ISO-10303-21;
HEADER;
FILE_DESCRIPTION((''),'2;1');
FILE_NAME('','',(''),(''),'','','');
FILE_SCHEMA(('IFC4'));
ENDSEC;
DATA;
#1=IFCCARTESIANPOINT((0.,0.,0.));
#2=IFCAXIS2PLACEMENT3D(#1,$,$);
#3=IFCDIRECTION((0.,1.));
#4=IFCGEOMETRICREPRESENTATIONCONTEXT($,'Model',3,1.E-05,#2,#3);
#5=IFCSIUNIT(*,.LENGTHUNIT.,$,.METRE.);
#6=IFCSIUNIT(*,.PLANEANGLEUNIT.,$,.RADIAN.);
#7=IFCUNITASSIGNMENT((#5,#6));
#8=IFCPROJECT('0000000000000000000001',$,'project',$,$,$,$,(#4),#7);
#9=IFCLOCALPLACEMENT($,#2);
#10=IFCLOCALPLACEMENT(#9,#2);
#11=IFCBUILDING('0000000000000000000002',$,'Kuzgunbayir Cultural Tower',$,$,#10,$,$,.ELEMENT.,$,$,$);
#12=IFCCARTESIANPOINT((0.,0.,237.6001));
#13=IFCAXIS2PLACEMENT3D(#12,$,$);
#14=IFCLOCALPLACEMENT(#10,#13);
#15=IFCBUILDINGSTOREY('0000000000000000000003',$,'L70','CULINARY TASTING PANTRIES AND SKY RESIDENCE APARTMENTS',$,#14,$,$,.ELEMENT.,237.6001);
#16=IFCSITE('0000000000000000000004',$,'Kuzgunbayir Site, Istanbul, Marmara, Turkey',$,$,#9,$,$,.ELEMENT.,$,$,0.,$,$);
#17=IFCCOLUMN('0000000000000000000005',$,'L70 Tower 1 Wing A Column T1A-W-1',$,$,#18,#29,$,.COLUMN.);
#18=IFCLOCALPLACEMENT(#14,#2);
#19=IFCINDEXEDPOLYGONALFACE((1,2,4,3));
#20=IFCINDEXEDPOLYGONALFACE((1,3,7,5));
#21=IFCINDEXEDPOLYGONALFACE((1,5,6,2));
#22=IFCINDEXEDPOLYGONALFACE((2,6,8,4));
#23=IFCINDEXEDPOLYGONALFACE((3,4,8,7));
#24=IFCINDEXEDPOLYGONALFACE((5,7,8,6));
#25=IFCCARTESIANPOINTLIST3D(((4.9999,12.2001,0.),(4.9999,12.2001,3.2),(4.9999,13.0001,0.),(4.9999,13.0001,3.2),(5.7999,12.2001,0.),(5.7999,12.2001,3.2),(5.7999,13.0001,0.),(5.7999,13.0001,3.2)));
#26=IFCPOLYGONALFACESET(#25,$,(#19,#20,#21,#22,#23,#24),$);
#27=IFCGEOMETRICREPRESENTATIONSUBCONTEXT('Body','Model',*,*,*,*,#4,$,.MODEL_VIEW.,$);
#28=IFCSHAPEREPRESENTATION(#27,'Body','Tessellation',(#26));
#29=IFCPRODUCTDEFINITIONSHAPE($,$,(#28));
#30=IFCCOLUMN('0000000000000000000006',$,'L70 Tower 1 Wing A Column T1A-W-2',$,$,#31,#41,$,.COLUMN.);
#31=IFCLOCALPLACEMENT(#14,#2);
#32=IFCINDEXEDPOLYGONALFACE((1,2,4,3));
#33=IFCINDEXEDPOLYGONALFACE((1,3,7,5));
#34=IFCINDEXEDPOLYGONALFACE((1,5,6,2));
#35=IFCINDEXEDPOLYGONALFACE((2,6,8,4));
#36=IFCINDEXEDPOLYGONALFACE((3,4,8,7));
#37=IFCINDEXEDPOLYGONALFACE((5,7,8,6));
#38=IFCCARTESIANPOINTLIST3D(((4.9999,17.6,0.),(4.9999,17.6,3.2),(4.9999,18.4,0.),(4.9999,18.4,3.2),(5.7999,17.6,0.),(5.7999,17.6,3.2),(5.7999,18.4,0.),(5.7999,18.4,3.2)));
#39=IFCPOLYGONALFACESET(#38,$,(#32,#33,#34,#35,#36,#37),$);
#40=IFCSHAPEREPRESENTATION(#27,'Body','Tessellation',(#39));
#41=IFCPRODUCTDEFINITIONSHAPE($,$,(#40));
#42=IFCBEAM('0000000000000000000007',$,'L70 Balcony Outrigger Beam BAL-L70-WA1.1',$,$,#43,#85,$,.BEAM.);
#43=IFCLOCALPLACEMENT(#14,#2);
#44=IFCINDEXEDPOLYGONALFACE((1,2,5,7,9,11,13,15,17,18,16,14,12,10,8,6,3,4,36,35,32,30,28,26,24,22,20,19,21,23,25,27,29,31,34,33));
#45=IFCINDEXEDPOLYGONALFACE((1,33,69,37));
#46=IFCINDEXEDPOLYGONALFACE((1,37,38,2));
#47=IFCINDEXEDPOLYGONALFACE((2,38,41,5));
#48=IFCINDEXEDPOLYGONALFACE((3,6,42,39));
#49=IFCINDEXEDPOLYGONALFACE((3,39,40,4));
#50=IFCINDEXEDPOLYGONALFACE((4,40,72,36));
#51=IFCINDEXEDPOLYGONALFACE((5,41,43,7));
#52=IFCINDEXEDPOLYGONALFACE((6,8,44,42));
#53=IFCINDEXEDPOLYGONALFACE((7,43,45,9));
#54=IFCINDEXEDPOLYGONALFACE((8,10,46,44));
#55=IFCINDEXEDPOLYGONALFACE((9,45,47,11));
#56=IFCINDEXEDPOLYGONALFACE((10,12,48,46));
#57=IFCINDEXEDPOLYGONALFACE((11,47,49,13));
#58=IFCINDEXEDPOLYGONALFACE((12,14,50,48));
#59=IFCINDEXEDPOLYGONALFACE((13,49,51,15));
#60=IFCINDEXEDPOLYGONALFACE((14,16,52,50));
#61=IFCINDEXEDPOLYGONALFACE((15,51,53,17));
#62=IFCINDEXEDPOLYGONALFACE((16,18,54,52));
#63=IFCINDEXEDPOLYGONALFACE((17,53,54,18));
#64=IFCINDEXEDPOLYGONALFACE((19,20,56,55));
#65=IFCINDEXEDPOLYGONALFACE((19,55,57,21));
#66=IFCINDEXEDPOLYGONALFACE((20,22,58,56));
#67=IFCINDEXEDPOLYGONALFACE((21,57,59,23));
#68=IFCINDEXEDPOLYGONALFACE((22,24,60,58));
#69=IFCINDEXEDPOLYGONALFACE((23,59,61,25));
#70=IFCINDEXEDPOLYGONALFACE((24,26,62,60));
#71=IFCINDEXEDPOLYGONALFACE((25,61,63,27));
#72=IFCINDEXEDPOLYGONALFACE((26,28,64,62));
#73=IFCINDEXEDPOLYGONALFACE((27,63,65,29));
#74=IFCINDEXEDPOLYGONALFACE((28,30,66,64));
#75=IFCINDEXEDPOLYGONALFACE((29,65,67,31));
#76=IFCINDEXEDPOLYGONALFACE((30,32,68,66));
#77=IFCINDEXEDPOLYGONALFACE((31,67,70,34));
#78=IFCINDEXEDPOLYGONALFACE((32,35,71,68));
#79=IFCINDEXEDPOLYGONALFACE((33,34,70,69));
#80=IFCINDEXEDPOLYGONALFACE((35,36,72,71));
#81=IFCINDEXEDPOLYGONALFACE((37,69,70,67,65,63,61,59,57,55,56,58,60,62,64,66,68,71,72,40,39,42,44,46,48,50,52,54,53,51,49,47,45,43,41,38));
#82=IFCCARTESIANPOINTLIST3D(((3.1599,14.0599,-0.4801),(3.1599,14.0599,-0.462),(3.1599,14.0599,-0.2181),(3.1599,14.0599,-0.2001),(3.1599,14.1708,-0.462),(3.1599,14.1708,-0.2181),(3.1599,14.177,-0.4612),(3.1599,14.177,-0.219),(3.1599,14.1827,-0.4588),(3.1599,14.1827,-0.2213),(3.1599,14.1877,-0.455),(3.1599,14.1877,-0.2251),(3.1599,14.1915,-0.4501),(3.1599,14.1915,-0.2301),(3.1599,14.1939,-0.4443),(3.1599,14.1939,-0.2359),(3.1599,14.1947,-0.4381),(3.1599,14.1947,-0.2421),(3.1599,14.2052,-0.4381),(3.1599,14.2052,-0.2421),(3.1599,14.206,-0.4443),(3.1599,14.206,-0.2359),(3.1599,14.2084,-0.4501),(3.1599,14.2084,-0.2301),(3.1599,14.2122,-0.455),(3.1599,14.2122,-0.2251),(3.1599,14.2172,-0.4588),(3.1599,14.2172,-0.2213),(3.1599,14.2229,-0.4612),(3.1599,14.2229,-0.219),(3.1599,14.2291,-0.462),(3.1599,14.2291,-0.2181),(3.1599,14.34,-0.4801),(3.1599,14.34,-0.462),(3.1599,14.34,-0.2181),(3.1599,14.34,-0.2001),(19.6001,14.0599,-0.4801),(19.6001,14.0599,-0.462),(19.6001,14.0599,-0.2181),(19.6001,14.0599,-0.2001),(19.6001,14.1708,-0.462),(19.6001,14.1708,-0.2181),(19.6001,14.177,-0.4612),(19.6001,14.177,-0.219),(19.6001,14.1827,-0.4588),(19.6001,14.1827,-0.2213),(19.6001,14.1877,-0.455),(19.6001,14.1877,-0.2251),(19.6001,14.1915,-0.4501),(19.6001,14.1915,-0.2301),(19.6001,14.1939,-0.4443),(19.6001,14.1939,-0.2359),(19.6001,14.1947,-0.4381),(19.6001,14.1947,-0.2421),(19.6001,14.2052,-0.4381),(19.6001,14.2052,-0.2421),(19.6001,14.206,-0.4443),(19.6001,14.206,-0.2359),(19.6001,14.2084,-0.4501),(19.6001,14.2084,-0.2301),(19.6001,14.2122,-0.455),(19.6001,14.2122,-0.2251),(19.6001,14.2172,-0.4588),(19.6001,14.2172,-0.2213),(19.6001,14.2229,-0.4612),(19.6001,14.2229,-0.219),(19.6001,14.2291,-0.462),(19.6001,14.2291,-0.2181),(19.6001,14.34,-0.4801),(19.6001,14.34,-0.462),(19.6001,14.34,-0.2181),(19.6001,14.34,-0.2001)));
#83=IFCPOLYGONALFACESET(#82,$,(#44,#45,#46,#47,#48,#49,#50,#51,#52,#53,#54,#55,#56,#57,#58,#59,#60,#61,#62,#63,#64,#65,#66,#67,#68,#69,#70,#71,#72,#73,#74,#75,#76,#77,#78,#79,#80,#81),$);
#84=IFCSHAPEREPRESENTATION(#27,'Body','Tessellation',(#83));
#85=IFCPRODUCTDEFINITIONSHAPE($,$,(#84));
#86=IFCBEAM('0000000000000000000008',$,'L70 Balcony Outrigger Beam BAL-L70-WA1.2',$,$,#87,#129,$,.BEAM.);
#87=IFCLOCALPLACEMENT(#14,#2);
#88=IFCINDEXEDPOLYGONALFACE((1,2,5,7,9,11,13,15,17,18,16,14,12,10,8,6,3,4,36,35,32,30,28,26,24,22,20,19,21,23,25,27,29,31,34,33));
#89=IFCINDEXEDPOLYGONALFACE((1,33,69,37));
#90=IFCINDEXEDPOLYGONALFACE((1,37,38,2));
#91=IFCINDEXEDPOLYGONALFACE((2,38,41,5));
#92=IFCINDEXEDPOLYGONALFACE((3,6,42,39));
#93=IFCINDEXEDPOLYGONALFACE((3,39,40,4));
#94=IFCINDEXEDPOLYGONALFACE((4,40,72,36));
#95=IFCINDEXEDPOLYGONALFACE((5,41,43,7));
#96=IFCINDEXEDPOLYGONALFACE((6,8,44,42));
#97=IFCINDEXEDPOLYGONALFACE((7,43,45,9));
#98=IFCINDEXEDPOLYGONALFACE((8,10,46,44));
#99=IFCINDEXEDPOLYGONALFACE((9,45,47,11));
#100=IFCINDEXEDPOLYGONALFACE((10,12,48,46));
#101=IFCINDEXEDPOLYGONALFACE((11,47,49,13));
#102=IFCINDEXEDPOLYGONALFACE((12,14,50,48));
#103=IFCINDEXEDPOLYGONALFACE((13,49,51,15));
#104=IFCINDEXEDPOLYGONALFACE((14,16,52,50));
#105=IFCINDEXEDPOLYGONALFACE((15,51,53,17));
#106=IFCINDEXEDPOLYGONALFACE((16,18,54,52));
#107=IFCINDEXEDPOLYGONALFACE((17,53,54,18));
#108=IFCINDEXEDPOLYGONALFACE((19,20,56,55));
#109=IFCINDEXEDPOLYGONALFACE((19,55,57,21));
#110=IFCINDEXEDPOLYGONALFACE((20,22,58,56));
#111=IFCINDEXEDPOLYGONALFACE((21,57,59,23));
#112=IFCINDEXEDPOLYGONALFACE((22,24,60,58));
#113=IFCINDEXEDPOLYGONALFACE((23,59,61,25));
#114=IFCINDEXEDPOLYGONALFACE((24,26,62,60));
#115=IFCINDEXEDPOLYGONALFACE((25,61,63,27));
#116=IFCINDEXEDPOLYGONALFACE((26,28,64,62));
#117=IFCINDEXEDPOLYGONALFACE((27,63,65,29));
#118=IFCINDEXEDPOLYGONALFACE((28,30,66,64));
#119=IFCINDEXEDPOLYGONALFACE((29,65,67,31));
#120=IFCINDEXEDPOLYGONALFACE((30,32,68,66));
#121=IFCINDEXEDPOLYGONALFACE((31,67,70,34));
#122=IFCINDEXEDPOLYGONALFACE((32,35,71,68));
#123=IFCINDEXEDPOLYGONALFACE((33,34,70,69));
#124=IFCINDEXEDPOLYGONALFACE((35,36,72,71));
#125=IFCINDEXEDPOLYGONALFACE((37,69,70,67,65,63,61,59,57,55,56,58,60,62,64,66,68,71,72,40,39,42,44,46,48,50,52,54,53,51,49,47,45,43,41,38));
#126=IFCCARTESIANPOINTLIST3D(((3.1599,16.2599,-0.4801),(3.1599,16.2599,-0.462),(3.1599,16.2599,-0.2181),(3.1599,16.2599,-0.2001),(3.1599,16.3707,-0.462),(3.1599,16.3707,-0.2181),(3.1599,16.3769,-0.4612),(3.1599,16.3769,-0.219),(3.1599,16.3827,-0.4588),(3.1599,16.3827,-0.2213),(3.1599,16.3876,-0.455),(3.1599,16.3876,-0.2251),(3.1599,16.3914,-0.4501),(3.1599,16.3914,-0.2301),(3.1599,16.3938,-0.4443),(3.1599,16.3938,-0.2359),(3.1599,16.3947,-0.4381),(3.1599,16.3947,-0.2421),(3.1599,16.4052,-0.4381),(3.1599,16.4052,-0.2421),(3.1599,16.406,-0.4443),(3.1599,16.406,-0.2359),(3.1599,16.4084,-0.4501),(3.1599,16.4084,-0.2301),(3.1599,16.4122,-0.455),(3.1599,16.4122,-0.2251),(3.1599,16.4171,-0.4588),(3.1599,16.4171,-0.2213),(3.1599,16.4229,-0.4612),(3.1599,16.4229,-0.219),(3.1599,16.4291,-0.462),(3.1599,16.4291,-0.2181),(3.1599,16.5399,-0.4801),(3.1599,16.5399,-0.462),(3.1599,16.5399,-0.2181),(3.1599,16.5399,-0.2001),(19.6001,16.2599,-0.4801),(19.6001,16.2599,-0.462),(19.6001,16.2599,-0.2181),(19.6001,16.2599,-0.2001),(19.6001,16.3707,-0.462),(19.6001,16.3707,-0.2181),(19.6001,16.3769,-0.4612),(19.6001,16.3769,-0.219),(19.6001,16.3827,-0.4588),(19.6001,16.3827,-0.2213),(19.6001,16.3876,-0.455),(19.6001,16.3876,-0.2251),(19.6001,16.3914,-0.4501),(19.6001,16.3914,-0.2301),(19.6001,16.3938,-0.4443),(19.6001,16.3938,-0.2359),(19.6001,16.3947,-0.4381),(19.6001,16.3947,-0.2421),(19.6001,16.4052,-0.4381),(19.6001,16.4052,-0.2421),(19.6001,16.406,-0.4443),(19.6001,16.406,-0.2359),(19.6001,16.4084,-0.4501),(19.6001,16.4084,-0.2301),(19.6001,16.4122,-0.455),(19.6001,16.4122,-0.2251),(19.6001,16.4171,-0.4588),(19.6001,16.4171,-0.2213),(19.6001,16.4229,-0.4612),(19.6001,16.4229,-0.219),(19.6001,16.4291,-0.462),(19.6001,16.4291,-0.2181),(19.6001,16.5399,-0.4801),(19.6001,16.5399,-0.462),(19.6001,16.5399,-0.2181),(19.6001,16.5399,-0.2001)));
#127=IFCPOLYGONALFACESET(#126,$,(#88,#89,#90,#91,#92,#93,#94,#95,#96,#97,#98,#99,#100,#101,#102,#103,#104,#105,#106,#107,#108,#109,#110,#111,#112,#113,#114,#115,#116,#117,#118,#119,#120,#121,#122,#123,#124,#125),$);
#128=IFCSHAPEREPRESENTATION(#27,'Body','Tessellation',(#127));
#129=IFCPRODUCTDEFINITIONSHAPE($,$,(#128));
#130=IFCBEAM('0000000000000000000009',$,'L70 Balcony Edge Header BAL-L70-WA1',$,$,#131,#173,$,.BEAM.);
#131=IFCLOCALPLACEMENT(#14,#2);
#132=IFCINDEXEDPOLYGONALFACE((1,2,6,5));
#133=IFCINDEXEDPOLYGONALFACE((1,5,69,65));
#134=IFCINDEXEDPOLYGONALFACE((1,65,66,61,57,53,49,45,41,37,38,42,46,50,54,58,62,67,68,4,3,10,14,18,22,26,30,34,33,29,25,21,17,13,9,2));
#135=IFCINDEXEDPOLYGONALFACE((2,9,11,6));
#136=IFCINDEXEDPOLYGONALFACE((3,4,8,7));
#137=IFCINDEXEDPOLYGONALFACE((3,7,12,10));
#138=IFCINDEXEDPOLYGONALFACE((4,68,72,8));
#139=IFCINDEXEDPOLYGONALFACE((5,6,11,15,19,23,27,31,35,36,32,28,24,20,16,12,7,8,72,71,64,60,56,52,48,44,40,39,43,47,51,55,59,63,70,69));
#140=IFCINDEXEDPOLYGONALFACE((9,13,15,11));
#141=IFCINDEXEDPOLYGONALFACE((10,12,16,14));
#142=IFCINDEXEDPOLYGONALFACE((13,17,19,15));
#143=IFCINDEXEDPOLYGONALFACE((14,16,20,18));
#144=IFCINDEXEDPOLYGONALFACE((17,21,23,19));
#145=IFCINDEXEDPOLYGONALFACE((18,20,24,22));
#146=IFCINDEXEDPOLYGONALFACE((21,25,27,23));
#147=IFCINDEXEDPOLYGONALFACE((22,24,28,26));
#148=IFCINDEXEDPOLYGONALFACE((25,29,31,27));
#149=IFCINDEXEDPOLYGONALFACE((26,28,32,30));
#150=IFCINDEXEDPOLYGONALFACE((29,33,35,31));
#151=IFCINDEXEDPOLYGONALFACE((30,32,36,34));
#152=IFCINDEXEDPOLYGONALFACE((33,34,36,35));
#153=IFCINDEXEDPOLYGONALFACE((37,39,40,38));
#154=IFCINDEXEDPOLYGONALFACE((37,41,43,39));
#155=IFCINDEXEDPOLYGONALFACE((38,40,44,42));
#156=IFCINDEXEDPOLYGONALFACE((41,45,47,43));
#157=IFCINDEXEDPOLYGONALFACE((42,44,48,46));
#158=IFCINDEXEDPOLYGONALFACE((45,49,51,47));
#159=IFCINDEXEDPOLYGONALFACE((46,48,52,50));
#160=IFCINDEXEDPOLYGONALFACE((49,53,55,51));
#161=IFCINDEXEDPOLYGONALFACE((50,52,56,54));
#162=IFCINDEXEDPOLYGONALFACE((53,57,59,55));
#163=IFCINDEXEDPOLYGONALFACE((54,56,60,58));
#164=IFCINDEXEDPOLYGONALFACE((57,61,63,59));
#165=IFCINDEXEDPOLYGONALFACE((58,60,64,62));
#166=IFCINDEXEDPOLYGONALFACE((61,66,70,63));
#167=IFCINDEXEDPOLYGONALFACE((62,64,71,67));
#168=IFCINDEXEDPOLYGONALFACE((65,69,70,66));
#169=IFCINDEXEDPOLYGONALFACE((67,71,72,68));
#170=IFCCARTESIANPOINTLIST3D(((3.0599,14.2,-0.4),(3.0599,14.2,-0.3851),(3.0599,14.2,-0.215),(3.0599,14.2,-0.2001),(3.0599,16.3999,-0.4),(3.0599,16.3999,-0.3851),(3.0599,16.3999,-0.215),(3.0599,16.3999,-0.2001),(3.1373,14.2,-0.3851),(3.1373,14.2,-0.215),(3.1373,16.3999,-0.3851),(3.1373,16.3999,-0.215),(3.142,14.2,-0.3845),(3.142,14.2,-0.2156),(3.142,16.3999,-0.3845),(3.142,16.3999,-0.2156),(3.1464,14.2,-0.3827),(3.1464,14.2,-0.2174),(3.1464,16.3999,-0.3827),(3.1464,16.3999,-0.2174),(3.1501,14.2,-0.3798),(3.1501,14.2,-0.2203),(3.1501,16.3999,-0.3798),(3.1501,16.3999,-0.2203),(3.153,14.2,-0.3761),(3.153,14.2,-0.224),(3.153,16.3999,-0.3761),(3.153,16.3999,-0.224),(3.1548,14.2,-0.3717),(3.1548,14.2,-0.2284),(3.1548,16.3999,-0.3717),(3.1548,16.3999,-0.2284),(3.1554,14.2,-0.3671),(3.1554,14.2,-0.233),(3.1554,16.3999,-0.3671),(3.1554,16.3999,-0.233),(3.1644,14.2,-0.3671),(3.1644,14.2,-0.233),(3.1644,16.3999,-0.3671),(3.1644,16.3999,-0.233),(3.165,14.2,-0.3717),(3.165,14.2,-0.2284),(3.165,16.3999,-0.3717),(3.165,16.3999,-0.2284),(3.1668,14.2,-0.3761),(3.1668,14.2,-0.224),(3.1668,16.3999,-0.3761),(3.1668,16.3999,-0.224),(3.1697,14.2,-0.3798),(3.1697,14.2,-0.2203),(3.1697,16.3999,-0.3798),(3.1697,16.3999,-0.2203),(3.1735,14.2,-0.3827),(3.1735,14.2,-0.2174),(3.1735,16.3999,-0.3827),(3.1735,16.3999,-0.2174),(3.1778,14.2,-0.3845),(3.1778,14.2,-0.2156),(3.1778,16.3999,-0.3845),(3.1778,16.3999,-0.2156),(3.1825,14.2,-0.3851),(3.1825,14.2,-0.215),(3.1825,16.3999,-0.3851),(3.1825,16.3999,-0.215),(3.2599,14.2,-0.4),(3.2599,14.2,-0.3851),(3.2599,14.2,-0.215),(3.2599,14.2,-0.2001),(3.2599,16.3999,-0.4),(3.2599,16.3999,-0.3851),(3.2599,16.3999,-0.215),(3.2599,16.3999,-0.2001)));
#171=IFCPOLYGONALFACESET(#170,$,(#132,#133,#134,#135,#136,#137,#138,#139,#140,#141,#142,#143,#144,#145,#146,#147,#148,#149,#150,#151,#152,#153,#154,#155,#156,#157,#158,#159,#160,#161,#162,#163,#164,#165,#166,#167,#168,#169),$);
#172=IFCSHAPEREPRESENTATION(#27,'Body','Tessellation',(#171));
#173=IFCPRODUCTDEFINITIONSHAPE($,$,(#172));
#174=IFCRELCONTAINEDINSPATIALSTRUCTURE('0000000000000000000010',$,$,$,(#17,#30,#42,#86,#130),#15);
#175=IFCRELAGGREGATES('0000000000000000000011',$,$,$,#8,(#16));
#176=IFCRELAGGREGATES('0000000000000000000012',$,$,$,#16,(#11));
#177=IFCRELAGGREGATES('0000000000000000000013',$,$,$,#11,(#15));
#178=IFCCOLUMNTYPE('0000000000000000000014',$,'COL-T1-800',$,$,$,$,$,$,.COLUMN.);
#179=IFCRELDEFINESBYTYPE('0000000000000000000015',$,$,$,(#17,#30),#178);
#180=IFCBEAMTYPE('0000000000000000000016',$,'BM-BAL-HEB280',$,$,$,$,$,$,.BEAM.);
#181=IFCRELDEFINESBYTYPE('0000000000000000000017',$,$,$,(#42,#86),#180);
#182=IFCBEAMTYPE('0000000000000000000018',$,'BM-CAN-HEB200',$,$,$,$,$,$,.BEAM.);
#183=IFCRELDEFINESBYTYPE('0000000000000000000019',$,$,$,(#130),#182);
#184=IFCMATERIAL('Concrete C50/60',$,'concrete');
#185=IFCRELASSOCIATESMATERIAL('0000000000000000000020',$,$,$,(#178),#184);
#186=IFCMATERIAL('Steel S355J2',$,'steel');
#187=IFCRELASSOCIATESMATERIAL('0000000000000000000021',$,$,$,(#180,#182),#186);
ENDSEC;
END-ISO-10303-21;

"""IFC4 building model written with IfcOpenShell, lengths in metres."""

from ifc_helpers import new_model, si_unit, direction, frame, origin, origin_2d, place, context, subcontext, project, spatial, rectangle, i_section, extrude, material, material_profile, profile_set, type_object, element, save


model = new_model("IFC4")

# Units and contexts
model_context = context("Model", 3, precision=1e-05, world=origin(), true_north=direction((0.0, 1.0)))
body_context = subcontext(model_context, "Body", "Model", "MODEL_VIEW")
ifc_project = project(units=[si_unit("LENGTHUNIT", "METRE"), si_unit("PLANEANGLEUNIT", "RADIAN")], contexts=[model_context])

# Site, building, storey
site_placement = place(None, origin())
site = spatial("IfcSite", under=ifc_project, at=site_placement, Name="Kuzgunbayir Site, Istanbul, Marmara, Turkey", CompositionType="ELEMENT", RefElevation=0.0)
building_placement = place(site_placement, origin())
building = spatial("IfcBuilding", under=site, at=building_placement, Name="Kuzgunbayir Cultural Tower", CompositionType="ELEMENT")
storey_placement = place(building_placement, frame((0.0, 0.0, 237.6001)))
storey = spatial("IfcBuildingStorey", under=building, at=storey_placement, Name="L70", Description="CULINARY TASTING PANTRIES AND SKY RESIDENCE APARTMENTS", CompositionType="ELEMENT", Elevation=237.6001)

# Columns
ifc_material_1 = material(Name="Concrete C50/60", Category="concrete")
ifc_material_profile_1 = material_profile(ifc_material_1, rectangle(XDim=0.8, YDim=0.8, at=origin_2d()), Name="RC 800x800")
ifc_profile_set_1 = profile_set([ifc_material_profile_1], Name="Concrete C50/60")
column_type = type_object("IfcColumnType", Name="COL-T1-800", PredefinedType="COLUMN", material=ifc_profile_set_1)
for number, where, z_axis, x_axis, name in (
    (1, (5.3999, 12.6001, 0.0), (0.0, 0.0, 1.0), (1.0, 0.0, 0.0), "L70 Tower 1 Wing A Column T1A-W-1"),
    (2, (5.3999, 18.0, 0.0), (0.0, 0.0, 1.0), (1.0, 0.0, 0.0), "L70 Tower 1 Wing A Column T1A-W-2"),
):
    element("IfcColumn", number, at=place(storey_placement, frame(where, z_axis=z_axis, x_axis=x_axis)), inside=storey, type_object=column_type, Name=name, PredefinedType="COLUMN", context=body_context, shape_type="SweptSolid", body=[
        extrude(rectangle(XDim=0.8, YDim=0.8, at=origin_2d()), origin(), (0.0, 0.0, 1.0), 3.2),
    ])

# Beams
ifc_material_2 = material(Name="Steel S355J2", Category="steel")
ifc_material_profile_2 = material_profile(ifc_material_2, i_section(OverallWidth=0.28, OverallDepth=0.28, WebThickness=0.0105, FlangeThickness=0.0181, FilletRadius=0.0239, at=origin_2d()), Name="HEB 280")
ifc_profile_set_2 = profile_set([ifc_material_profile_2], Name="Steel S355J2")
beam_type_1 = type_object("IfcBeamType", Name="BM-BAL-HEB280", PredefinedType="BEAM", material=ifc_profile_set_2)
for number, where, z_axis, x_axis, name in (
    (3, (3.1599, 14.2, -0.3401), (1.0, 0.0, 0.0), (0.0, 1.0, 0.0), "L70 Balcony Outrigger Beam BAL-L70-WA1.1"),
    (4, (3.1599, 16.3999, -0.3401), (1.0, 0.0, 0.0), (0.0, 1.0, 0.0), "L70 Balcony Outrigger Beam BAL-L70-WA1.2"),
):
    element("IfcBeam", number, at=place(storey_placement, frame(where, z_axis=z_axis, x_axis=x_axis)), inside=storey, type_object=beam_type_1, Name=name, PredefinedType="BEAM", context=body_context, shape_type="SweptSolid", body=[
        extrude(i_section(OverallWidth=0.28, OverallDepth=0.28, WebThickness=0.0105, FlangeThickness=0.0181, FilletRadius=0.0239, at=origin_2d()), origin(), (0.0, 0.0, 1.0), 16.4402),
    ])
ifc_material_profile_3 = material_profile(ifc_material_2, i_section(OverallWidth=0.2, OverallDepth=0.2, WebThickness=0.009, FlangeThickness=0.0149, FilletRadius=0.0181, at=origin_2d()), Name="HEB 200")
ifc_profile_set_3 = profile_set([ifc_material_profile_3], Name="Steel S355J2")
beam_type_2 = type_object("IfcBeamType", Name="BM-CAN-HEB200", PredefinedType="BEAM", material=ifc_profile_set_3)
beam_1_placement = place(storey_placement, frame((3.1599, 14.2, -0.3), z_axis=(0.0, 1.0, 0.0), x_axis=(-1.0, 0.0, 0.0)))
element("IfcBeam", 5, at=beam_1_placement, inside=storey, type_object=beam_type_2, Name="L70 Balcony Edge Header BAL-L70-WA1", PredefinedType="BEAM", context=body_context, shape_type="SweptSolid", body=[
    extrude(i_section(OverallWidth=0.2, OverallDepth=0.2, WebThickness=0.009, FlangeThickness=0.0149, FilletRadius=0.0181, at=origin_2d()), origin(), (0.0, 0.0, 1.0), 2.2),
])

save(model, "model.ifc")
